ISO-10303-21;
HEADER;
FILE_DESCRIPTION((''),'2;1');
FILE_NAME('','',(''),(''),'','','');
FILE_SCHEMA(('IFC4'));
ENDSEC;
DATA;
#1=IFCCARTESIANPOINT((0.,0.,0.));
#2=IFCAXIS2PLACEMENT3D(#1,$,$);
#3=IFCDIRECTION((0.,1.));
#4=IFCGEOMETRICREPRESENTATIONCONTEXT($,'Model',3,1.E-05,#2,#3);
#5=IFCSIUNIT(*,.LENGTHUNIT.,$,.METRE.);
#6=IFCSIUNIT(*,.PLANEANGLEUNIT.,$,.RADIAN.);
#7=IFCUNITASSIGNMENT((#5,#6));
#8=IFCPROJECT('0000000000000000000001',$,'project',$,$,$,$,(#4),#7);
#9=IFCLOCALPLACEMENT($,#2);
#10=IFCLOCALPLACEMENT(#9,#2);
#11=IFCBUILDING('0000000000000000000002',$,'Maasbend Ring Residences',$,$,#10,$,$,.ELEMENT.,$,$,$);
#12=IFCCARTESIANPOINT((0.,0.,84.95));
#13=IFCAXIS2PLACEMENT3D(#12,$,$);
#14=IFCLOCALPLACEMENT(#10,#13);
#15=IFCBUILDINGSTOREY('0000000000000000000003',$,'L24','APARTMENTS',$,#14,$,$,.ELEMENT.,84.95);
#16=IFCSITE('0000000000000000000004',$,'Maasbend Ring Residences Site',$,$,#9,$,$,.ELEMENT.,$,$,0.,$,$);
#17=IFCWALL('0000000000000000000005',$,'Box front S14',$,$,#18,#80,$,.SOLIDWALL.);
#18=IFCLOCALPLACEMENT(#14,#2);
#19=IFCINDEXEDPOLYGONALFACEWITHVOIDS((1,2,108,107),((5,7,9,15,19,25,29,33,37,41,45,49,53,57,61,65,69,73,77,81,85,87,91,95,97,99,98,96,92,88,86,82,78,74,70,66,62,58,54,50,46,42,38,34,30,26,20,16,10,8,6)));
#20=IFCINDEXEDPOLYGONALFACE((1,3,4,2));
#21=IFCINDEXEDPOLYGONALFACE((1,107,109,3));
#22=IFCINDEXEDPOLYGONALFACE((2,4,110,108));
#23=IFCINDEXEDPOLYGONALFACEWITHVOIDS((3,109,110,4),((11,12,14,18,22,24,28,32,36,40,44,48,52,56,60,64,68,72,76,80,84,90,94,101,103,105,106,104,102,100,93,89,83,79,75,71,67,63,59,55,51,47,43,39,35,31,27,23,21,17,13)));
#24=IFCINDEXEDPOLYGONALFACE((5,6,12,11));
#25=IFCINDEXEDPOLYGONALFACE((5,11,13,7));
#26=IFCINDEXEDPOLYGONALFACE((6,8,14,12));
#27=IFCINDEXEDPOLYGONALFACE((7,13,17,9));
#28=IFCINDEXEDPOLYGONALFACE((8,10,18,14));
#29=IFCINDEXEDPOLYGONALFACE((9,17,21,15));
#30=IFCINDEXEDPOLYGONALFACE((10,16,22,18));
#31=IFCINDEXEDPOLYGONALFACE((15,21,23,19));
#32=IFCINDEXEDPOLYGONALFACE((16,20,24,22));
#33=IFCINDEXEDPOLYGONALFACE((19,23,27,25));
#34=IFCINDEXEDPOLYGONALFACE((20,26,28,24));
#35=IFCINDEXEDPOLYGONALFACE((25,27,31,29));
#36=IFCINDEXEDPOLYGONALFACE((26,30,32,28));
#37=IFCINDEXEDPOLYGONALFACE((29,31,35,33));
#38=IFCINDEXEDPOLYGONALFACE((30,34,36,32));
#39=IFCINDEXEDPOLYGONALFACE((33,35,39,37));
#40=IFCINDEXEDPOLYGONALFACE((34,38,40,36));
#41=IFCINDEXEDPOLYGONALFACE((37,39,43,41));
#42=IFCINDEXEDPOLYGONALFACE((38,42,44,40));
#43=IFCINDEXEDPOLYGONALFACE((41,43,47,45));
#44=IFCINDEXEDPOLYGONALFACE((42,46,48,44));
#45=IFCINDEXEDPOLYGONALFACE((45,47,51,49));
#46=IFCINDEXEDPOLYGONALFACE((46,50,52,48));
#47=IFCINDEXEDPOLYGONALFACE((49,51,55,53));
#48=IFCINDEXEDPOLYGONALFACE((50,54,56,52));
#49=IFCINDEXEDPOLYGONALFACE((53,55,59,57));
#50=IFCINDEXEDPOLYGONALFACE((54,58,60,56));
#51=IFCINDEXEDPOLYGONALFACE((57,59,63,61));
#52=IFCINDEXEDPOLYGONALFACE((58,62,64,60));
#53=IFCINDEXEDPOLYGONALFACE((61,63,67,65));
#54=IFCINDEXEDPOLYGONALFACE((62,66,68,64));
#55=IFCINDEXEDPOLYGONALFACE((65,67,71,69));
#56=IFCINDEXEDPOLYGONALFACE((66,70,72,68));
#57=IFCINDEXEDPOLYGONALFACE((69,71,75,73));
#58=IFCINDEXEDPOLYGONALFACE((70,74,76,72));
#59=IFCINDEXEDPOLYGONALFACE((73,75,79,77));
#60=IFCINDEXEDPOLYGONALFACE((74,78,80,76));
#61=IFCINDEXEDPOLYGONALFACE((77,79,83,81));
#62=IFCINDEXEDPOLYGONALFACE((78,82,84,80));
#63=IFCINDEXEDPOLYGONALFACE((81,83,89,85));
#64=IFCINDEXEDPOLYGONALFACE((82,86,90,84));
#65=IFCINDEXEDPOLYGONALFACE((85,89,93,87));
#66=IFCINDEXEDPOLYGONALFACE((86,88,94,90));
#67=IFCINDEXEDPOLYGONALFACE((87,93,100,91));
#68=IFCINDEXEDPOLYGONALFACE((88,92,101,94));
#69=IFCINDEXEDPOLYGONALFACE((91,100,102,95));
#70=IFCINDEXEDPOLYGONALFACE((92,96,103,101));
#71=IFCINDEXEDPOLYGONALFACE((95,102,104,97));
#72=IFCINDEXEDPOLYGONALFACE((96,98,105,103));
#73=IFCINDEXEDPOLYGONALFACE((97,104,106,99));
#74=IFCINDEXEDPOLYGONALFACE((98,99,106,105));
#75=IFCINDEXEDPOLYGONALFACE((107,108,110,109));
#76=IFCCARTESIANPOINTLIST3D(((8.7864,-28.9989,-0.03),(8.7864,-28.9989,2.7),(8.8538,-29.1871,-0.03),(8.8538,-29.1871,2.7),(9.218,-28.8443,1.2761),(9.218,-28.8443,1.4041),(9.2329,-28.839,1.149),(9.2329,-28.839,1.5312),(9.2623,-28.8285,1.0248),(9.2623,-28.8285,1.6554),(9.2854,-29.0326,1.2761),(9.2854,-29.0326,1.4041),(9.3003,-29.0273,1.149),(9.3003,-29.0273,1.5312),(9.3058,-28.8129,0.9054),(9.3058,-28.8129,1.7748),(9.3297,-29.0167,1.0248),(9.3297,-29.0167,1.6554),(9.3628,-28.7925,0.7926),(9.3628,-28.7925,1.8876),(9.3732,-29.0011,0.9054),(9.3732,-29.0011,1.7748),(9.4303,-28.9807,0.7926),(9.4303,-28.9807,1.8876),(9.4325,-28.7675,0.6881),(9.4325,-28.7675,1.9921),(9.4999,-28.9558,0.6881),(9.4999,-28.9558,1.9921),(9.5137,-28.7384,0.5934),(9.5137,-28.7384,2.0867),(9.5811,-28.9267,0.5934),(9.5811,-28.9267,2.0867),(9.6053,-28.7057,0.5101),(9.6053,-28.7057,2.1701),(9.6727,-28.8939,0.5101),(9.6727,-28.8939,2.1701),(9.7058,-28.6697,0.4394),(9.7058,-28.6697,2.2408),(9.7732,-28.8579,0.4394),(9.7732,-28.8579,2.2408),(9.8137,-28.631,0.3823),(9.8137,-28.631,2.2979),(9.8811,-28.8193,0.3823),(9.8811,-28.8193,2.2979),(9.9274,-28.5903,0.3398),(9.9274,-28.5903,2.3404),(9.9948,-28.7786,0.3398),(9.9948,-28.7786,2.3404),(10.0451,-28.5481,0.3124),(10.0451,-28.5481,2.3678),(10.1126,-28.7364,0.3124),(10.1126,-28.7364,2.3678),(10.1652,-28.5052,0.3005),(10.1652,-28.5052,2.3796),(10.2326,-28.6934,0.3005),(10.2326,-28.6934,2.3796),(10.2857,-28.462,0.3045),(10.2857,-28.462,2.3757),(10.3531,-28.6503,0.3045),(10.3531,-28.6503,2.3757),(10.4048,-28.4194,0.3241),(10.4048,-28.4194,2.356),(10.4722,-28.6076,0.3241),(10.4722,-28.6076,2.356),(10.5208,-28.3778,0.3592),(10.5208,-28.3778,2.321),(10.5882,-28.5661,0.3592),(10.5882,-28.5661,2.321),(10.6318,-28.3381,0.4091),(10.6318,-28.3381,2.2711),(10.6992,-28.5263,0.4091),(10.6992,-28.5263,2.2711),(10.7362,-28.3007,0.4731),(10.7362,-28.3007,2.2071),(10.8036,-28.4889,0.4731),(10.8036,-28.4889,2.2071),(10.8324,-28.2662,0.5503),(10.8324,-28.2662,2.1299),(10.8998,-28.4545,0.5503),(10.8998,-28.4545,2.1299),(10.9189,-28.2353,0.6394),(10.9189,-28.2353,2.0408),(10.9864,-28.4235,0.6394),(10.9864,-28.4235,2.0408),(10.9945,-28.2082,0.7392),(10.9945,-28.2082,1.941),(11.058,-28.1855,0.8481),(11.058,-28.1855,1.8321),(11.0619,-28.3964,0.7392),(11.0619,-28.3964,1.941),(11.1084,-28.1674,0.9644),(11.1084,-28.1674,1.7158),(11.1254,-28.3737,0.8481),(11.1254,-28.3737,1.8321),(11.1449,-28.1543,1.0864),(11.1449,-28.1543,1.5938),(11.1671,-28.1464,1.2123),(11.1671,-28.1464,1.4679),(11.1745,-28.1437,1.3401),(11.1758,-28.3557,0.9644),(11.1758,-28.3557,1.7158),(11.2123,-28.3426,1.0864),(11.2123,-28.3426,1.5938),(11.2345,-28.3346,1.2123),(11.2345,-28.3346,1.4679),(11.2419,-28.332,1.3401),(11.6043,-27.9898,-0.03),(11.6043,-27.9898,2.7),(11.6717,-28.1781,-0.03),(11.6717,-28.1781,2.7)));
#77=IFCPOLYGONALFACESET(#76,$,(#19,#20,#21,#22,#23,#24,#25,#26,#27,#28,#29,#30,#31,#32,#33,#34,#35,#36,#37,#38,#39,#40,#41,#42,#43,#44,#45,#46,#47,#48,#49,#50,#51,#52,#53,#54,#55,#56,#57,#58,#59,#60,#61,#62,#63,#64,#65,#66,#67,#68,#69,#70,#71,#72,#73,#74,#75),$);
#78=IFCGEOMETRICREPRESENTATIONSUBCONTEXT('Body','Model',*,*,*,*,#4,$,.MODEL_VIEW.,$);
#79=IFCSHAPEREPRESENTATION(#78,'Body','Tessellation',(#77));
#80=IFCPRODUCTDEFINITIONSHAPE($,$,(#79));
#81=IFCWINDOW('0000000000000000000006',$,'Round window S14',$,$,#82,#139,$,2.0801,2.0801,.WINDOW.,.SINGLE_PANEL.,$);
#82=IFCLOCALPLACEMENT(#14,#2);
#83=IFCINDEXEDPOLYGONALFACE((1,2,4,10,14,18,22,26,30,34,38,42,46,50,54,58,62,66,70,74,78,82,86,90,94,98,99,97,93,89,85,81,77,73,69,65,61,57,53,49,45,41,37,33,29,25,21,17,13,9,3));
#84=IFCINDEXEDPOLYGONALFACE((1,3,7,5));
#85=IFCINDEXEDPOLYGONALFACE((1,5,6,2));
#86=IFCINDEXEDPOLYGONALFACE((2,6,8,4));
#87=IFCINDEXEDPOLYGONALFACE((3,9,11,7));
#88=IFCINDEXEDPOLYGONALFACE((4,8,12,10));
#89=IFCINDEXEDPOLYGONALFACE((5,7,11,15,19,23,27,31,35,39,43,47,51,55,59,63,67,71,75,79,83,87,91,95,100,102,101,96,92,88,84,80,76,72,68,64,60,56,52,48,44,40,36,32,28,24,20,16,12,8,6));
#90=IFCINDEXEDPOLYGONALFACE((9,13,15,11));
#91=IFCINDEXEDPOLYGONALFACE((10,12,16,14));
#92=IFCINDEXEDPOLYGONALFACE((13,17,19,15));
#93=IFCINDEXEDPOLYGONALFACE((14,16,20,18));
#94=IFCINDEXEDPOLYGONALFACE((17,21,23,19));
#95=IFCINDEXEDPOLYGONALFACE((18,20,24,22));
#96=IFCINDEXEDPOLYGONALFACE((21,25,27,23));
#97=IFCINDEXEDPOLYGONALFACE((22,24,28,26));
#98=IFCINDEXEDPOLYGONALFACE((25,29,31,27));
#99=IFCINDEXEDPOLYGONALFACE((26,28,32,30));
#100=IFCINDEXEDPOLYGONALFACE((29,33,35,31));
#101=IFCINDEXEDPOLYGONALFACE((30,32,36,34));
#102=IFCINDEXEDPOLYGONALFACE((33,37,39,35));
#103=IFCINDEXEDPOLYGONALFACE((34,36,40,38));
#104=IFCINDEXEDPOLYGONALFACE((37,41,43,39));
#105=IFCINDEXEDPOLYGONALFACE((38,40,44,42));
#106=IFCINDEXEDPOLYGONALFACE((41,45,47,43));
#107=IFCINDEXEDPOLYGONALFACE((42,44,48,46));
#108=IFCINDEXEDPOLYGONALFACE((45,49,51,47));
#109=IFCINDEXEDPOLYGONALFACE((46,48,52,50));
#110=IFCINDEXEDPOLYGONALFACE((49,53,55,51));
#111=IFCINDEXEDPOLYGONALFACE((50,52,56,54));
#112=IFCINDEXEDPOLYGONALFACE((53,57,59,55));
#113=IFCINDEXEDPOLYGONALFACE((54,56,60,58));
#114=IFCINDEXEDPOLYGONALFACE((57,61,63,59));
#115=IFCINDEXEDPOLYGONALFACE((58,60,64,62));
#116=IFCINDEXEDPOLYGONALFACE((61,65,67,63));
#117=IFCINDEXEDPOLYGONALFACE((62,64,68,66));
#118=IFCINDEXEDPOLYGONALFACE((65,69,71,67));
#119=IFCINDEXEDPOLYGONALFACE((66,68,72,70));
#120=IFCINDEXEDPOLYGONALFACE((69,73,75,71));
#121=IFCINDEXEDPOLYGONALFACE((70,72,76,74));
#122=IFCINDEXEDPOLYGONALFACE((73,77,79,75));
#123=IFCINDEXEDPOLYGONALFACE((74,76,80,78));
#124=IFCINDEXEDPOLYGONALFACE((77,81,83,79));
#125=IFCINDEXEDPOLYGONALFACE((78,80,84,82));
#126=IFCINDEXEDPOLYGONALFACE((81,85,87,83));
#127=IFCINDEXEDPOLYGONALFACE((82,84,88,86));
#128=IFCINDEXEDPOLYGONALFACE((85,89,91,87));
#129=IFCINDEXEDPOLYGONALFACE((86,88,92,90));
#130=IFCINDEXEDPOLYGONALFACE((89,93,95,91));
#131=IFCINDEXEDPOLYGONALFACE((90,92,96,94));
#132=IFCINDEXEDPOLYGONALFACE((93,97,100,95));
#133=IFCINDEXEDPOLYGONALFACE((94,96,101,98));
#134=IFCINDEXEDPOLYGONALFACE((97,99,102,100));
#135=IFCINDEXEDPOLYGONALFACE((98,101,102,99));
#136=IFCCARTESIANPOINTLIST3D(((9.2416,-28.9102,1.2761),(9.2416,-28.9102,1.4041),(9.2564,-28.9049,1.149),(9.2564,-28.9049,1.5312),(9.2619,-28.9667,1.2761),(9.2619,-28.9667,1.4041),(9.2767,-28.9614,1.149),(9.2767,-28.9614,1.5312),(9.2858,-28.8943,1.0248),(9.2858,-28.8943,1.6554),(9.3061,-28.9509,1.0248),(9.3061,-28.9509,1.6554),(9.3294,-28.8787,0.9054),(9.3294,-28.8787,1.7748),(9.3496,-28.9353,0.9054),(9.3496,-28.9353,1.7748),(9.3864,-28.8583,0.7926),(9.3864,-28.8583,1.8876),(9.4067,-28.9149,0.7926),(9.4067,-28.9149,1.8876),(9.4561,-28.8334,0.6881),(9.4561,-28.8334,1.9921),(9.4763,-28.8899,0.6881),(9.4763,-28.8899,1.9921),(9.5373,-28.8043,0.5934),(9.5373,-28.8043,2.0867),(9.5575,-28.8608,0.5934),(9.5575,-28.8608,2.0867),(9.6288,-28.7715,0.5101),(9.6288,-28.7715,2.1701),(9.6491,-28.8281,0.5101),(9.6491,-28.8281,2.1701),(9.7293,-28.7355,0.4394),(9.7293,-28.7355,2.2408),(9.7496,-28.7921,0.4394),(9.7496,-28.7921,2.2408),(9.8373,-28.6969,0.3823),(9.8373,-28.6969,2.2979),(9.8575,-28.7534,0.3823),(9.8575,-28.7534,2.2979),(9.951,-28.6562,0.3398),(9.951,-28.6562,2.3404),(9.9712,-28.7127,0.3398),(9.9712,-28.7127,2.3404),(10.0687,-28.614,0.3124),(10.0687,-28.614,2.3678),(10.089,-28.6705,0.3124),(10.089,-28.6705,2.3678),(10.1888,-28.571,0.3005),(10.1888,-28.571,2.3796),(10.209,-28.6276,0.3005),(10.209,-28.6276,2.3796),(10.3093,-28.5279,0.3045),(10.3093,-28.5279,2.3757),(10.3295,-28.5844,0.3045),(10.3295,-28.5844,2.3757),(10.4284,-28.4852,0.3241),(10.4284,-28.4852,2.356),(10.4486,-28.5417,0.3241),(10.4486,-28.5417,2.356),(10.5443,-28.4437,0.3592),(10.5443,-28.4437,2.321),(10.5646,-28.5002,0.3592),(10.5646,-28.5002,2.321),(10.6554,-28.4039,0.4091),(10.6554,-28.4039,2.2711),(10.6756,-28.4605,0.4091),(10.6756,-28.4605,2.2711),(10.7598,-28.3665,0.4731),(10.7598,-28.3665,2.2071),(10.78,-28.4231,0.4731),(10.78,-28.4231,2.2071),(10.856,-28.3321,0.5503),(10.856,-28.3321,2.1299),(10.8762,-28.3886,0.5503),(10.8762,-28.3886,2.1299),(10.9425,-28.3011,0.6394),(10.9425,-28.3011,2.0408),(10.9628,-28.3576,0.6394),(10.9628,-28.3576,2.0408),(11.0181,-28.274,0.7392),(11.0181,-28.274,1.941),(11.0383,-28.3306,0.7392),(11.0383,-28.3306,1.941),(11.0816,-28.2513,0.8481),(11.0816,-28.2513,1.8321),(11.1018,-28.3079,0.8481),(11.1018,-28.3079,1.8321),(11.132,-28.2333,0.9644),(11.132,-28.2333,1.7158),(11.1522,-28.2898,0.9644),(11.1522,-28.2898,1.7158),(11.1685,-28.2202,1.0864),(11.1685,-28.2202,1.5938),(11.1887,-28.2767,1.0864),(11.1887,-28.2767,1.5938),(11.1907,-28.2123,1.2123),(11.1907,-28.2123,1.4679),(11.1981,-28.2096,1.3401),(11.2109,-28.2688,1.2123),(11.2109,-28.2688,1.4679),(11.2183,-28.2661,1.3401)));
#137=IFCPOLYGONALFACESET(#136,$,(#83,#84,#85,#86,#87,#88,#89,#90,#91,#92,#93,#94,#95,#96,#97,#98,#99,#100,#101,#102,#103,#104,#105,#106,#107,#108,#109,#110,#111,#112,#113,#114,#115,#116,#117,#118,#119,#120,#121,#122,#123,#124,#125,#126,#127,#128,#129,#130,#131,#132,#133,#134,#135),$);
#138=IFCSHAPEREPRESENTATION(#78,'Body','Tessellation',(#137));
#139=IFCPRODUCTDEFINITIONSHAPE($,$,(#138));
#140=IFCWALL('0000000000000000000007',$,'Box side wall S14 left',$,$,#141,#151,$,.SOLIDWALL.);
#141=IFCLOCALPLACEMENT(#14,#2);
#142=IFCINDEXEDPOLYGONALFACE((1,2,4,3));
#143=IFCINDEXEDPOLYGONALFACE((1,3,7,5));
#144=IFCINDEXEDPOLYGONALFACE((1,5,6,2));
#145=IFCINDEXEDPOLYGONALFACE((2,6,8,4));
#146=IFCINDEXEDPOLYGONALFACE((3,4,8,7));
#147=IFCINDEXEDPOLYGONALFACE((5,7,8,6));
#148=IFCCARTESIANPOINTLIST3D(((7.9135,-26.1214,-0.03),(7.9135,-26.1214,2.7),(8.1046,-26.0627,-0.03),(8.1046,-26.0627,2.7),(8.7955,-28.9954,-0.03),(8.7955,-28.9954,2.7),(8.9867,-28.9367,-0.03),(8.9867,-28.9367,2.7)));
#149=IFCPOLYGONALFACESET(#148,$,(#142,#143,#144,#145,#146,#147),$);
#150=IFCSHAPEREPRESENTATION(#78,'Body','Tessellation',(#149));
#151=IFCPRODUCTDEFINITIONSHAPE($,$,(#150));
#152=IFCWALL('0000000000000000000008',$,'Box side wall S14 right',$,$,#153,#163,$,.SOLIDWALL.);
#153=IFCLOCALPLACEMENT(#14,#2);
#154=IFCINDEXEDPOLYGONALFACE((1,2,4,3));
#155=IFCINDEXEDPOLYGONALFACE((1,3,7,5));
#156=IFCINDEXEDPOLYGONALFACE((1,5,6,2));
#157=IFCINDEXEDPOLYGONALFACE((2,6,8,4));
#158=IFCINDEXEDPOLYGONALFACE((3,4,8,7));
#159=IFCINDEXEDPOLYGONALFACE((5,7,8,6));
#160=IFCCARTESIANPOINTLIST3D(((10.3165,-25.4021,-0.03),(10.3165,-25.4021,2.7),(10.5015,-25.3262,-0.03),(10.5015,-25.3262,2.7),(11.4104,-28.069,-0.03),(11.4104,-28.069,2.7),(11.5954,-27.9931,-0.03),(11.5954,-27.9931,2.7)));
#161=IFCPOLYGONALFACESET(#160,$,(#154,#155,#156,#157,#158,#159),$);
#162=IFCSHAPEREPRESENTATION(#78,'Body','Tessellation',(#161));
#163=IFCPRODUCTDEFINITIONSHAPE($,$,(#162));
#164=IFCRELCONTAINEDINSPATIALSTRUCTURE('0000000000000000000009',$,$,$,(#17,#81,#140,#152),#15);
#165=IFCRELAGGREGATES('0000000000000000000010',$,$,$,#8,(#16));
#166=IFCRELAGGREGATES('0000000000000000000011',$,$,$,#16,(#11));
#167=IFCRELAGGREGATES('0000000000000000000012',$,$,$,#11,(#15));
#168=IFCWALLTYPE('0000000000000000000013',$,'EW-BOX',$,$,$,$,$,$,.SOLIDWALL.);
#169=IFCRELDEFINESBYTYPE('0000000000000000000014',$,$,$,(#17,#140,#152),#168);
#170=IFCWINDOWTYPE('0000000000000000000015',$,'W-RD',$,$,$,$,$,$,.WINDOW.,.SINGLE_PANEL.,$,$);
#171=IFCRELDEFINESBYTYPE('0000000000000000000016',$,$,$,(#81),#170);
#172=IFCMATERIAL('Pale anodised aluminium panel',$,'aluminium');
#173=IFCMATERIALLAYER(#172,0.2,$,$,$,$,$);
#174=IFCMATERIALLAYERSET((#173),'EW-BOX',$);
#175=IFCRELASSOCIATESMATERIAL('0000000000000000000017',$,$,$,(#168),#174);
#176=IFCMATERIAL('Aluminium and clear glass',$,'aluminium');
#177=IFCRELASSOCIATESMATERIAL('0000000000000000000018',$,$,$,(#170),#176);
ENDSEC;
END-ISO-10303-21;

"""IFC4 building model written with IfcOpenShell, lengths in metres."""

from ifc_helpers import new_model, si_unit, direction, frame, frame_2d, origin, place, context, subcontext, project, spatial, rectangle, circle, extrude, material, layer, layer_set, type_object, element, fill, save


model = new_model("IFC4")

# Units and contexts
model_context = context("Model", 3, precision=1e-05, world=origin(), true_north=direction((0.0, 1.0)))
body_context = subcontext(model_context, "Body", "Model", "MODEL_VIEW")
ifc_project = project(units=[si_unit("LENGTHUNIT", "METRE"), si_unit("PLANEANGLEUNIT", "RADIAN")], contexts=[model_context])

# Site, building, storey
site_placement = place(None, origin())
site = spatial("IfcSite", under=ifc_project, at=site_placement, Name="Maasbend Ring Residences Site", CompositionType="ELEMENT", RefElevation=0.0)
building_placement = place(site_placement, origin())
building = spatial("IfcBuilding", under=site, at=building_placement, Name="Maasbend Ring Residences", CompositionType="ELEMENT")
storey_placement = place(building_placement, frame((0.0, 0.0, 84.95)))
storey = spatial("IfcBuildingStorey", under=building, at=storey_placement, Name="L24", Description="APARTMENTS", CompositionType="ELEMENT", Elevation=84.95)

# Shared definitions
ifc_material_1 = material(Name="Pale anodised aluminium panel", Category="aluminium")
ifc_layer_1 = layer(ifc_material_1, 0.2)
ifc_layer_set_1 = layer_set([ifc_layer_1], Name="EW-BOX")
wall_type_1 = type_object("IfcWallType", Name="EW-BOX", PredefinedType="SOLIDWALL", material=ifc_layer_set_1)
ifc_material_2 = material(Name="Aluminium and clear glass", Category="aluminium")
window_type_1 = type_object("IfcWindowType", Name="W-RD", PartitioningType="SINGLE_PANEL", PredefinedType="WINDOW", material=ifc_material_2)

# Wall, opening, window
wall_1_placement = place(storey_placement, frame((8.8201, -29.093, -0.03), z_axis=(0.0, 0.0, 1.0), x_axis=(0.941461, 0.337122, 0.0)))
wall_1 = element("IfcWall", 1, at=wall_1_placement, inside=storey, type_object=wall_type_1, Name="Box front S14", PredefinedType="SOLIDWALL", context=body_context, shape_type="SweptSolid", body=[
    extrude(rectangle(XDim=2.9932, YDim=0.2, at=frame_2d((1.4966, 0.0))), origin(), (0.0, 0.0, 1.0), 2.73),
])
opening_1_placement = place(wall_1_placement, frame((0.4565, 0.0, 0.3301)))
opening_1 = element("IfcOpeningElement", 2, at=opening_1_placement, cuts=wall_1, PredefinedType="OPENING", context=body_context, shape_type="SweptSolid", body=[
    extrude(circle(Radius=1.04, at=frame_2d((1.04, 1.04))), frame((0.0, 0.1099, 0.0), z_axis=(0.0, -1.0, 0.0), x_axis=(1.0, 0.0, 0.0)), (0.0, 0.0, 1.0), 0.22),
])
window_1_placement = place(opening_1_placement, origin())
window_1 = element("IfcWindow", 3, at=window_1_placement, inside=storey, type_object=window_type_1, Name="Round window S14", OverallHeight=2.0801, OverallWidth=2.0801, PartitioningType="SINGLE_PANEL", PredefinedType="WINDOW", context=body_context, shape_type="SweptSolid", body=[
    extrude(circle(Radius=1.04, at=frame_2d((1.04, 1.04))), frame((0.0, 0.03, 0.0), z_axis=(0.0, -1.0, 0.0), x_axis=(1.0, 0.0, 0.0)), (0.0, 0.0, 1.0), 0.0601),
])
fill(opening_1, window_1)

# Walls
wall_2_placement = place(storey_placement, frame((8.009, -26.092, -0.03), z_axis=(0.0, 0.0, 1.0), x_axis=(0.293407, -0.955988, 0.0)))
element("IfcWall", 4, at=wall_2_placement, inside=storey, type_object=wall_type_1, Name="Box side wall S14 left", PredefinedType="SOLIDWALL", context=body_context, shape_type="SweptSolid", body=[
    extrude(rectangle(XDim=3.0063, YDim=0.2, at=frame_2d((1.5032, 0.0))), origin(), (0.0, 0.0, 1.0), 2.73),
])
wall_3_placement = place(storey_placement, frame((10.4089, -25.364, -0.03), z_axis=(0.0, 0.0, 1.0), x_axis=(0.37951, -0.925188, 0.0)))
element("IfcWall", 5, at=wall_3_placement, inside=storey, type_object=wall_type_1, Name="Box side wall S14 right", PredefinedType="SOLIDWALL", context=body_context, shape_type="SweptSolid", body=[
    extrude(rectangle(XDim=2.8826, YDim=0.2, at=frame_2d((1.4414, 0.0))), origin(), (0.0, 0.0, 1.0), 2.73),
])

save(model, "model.ifc")
